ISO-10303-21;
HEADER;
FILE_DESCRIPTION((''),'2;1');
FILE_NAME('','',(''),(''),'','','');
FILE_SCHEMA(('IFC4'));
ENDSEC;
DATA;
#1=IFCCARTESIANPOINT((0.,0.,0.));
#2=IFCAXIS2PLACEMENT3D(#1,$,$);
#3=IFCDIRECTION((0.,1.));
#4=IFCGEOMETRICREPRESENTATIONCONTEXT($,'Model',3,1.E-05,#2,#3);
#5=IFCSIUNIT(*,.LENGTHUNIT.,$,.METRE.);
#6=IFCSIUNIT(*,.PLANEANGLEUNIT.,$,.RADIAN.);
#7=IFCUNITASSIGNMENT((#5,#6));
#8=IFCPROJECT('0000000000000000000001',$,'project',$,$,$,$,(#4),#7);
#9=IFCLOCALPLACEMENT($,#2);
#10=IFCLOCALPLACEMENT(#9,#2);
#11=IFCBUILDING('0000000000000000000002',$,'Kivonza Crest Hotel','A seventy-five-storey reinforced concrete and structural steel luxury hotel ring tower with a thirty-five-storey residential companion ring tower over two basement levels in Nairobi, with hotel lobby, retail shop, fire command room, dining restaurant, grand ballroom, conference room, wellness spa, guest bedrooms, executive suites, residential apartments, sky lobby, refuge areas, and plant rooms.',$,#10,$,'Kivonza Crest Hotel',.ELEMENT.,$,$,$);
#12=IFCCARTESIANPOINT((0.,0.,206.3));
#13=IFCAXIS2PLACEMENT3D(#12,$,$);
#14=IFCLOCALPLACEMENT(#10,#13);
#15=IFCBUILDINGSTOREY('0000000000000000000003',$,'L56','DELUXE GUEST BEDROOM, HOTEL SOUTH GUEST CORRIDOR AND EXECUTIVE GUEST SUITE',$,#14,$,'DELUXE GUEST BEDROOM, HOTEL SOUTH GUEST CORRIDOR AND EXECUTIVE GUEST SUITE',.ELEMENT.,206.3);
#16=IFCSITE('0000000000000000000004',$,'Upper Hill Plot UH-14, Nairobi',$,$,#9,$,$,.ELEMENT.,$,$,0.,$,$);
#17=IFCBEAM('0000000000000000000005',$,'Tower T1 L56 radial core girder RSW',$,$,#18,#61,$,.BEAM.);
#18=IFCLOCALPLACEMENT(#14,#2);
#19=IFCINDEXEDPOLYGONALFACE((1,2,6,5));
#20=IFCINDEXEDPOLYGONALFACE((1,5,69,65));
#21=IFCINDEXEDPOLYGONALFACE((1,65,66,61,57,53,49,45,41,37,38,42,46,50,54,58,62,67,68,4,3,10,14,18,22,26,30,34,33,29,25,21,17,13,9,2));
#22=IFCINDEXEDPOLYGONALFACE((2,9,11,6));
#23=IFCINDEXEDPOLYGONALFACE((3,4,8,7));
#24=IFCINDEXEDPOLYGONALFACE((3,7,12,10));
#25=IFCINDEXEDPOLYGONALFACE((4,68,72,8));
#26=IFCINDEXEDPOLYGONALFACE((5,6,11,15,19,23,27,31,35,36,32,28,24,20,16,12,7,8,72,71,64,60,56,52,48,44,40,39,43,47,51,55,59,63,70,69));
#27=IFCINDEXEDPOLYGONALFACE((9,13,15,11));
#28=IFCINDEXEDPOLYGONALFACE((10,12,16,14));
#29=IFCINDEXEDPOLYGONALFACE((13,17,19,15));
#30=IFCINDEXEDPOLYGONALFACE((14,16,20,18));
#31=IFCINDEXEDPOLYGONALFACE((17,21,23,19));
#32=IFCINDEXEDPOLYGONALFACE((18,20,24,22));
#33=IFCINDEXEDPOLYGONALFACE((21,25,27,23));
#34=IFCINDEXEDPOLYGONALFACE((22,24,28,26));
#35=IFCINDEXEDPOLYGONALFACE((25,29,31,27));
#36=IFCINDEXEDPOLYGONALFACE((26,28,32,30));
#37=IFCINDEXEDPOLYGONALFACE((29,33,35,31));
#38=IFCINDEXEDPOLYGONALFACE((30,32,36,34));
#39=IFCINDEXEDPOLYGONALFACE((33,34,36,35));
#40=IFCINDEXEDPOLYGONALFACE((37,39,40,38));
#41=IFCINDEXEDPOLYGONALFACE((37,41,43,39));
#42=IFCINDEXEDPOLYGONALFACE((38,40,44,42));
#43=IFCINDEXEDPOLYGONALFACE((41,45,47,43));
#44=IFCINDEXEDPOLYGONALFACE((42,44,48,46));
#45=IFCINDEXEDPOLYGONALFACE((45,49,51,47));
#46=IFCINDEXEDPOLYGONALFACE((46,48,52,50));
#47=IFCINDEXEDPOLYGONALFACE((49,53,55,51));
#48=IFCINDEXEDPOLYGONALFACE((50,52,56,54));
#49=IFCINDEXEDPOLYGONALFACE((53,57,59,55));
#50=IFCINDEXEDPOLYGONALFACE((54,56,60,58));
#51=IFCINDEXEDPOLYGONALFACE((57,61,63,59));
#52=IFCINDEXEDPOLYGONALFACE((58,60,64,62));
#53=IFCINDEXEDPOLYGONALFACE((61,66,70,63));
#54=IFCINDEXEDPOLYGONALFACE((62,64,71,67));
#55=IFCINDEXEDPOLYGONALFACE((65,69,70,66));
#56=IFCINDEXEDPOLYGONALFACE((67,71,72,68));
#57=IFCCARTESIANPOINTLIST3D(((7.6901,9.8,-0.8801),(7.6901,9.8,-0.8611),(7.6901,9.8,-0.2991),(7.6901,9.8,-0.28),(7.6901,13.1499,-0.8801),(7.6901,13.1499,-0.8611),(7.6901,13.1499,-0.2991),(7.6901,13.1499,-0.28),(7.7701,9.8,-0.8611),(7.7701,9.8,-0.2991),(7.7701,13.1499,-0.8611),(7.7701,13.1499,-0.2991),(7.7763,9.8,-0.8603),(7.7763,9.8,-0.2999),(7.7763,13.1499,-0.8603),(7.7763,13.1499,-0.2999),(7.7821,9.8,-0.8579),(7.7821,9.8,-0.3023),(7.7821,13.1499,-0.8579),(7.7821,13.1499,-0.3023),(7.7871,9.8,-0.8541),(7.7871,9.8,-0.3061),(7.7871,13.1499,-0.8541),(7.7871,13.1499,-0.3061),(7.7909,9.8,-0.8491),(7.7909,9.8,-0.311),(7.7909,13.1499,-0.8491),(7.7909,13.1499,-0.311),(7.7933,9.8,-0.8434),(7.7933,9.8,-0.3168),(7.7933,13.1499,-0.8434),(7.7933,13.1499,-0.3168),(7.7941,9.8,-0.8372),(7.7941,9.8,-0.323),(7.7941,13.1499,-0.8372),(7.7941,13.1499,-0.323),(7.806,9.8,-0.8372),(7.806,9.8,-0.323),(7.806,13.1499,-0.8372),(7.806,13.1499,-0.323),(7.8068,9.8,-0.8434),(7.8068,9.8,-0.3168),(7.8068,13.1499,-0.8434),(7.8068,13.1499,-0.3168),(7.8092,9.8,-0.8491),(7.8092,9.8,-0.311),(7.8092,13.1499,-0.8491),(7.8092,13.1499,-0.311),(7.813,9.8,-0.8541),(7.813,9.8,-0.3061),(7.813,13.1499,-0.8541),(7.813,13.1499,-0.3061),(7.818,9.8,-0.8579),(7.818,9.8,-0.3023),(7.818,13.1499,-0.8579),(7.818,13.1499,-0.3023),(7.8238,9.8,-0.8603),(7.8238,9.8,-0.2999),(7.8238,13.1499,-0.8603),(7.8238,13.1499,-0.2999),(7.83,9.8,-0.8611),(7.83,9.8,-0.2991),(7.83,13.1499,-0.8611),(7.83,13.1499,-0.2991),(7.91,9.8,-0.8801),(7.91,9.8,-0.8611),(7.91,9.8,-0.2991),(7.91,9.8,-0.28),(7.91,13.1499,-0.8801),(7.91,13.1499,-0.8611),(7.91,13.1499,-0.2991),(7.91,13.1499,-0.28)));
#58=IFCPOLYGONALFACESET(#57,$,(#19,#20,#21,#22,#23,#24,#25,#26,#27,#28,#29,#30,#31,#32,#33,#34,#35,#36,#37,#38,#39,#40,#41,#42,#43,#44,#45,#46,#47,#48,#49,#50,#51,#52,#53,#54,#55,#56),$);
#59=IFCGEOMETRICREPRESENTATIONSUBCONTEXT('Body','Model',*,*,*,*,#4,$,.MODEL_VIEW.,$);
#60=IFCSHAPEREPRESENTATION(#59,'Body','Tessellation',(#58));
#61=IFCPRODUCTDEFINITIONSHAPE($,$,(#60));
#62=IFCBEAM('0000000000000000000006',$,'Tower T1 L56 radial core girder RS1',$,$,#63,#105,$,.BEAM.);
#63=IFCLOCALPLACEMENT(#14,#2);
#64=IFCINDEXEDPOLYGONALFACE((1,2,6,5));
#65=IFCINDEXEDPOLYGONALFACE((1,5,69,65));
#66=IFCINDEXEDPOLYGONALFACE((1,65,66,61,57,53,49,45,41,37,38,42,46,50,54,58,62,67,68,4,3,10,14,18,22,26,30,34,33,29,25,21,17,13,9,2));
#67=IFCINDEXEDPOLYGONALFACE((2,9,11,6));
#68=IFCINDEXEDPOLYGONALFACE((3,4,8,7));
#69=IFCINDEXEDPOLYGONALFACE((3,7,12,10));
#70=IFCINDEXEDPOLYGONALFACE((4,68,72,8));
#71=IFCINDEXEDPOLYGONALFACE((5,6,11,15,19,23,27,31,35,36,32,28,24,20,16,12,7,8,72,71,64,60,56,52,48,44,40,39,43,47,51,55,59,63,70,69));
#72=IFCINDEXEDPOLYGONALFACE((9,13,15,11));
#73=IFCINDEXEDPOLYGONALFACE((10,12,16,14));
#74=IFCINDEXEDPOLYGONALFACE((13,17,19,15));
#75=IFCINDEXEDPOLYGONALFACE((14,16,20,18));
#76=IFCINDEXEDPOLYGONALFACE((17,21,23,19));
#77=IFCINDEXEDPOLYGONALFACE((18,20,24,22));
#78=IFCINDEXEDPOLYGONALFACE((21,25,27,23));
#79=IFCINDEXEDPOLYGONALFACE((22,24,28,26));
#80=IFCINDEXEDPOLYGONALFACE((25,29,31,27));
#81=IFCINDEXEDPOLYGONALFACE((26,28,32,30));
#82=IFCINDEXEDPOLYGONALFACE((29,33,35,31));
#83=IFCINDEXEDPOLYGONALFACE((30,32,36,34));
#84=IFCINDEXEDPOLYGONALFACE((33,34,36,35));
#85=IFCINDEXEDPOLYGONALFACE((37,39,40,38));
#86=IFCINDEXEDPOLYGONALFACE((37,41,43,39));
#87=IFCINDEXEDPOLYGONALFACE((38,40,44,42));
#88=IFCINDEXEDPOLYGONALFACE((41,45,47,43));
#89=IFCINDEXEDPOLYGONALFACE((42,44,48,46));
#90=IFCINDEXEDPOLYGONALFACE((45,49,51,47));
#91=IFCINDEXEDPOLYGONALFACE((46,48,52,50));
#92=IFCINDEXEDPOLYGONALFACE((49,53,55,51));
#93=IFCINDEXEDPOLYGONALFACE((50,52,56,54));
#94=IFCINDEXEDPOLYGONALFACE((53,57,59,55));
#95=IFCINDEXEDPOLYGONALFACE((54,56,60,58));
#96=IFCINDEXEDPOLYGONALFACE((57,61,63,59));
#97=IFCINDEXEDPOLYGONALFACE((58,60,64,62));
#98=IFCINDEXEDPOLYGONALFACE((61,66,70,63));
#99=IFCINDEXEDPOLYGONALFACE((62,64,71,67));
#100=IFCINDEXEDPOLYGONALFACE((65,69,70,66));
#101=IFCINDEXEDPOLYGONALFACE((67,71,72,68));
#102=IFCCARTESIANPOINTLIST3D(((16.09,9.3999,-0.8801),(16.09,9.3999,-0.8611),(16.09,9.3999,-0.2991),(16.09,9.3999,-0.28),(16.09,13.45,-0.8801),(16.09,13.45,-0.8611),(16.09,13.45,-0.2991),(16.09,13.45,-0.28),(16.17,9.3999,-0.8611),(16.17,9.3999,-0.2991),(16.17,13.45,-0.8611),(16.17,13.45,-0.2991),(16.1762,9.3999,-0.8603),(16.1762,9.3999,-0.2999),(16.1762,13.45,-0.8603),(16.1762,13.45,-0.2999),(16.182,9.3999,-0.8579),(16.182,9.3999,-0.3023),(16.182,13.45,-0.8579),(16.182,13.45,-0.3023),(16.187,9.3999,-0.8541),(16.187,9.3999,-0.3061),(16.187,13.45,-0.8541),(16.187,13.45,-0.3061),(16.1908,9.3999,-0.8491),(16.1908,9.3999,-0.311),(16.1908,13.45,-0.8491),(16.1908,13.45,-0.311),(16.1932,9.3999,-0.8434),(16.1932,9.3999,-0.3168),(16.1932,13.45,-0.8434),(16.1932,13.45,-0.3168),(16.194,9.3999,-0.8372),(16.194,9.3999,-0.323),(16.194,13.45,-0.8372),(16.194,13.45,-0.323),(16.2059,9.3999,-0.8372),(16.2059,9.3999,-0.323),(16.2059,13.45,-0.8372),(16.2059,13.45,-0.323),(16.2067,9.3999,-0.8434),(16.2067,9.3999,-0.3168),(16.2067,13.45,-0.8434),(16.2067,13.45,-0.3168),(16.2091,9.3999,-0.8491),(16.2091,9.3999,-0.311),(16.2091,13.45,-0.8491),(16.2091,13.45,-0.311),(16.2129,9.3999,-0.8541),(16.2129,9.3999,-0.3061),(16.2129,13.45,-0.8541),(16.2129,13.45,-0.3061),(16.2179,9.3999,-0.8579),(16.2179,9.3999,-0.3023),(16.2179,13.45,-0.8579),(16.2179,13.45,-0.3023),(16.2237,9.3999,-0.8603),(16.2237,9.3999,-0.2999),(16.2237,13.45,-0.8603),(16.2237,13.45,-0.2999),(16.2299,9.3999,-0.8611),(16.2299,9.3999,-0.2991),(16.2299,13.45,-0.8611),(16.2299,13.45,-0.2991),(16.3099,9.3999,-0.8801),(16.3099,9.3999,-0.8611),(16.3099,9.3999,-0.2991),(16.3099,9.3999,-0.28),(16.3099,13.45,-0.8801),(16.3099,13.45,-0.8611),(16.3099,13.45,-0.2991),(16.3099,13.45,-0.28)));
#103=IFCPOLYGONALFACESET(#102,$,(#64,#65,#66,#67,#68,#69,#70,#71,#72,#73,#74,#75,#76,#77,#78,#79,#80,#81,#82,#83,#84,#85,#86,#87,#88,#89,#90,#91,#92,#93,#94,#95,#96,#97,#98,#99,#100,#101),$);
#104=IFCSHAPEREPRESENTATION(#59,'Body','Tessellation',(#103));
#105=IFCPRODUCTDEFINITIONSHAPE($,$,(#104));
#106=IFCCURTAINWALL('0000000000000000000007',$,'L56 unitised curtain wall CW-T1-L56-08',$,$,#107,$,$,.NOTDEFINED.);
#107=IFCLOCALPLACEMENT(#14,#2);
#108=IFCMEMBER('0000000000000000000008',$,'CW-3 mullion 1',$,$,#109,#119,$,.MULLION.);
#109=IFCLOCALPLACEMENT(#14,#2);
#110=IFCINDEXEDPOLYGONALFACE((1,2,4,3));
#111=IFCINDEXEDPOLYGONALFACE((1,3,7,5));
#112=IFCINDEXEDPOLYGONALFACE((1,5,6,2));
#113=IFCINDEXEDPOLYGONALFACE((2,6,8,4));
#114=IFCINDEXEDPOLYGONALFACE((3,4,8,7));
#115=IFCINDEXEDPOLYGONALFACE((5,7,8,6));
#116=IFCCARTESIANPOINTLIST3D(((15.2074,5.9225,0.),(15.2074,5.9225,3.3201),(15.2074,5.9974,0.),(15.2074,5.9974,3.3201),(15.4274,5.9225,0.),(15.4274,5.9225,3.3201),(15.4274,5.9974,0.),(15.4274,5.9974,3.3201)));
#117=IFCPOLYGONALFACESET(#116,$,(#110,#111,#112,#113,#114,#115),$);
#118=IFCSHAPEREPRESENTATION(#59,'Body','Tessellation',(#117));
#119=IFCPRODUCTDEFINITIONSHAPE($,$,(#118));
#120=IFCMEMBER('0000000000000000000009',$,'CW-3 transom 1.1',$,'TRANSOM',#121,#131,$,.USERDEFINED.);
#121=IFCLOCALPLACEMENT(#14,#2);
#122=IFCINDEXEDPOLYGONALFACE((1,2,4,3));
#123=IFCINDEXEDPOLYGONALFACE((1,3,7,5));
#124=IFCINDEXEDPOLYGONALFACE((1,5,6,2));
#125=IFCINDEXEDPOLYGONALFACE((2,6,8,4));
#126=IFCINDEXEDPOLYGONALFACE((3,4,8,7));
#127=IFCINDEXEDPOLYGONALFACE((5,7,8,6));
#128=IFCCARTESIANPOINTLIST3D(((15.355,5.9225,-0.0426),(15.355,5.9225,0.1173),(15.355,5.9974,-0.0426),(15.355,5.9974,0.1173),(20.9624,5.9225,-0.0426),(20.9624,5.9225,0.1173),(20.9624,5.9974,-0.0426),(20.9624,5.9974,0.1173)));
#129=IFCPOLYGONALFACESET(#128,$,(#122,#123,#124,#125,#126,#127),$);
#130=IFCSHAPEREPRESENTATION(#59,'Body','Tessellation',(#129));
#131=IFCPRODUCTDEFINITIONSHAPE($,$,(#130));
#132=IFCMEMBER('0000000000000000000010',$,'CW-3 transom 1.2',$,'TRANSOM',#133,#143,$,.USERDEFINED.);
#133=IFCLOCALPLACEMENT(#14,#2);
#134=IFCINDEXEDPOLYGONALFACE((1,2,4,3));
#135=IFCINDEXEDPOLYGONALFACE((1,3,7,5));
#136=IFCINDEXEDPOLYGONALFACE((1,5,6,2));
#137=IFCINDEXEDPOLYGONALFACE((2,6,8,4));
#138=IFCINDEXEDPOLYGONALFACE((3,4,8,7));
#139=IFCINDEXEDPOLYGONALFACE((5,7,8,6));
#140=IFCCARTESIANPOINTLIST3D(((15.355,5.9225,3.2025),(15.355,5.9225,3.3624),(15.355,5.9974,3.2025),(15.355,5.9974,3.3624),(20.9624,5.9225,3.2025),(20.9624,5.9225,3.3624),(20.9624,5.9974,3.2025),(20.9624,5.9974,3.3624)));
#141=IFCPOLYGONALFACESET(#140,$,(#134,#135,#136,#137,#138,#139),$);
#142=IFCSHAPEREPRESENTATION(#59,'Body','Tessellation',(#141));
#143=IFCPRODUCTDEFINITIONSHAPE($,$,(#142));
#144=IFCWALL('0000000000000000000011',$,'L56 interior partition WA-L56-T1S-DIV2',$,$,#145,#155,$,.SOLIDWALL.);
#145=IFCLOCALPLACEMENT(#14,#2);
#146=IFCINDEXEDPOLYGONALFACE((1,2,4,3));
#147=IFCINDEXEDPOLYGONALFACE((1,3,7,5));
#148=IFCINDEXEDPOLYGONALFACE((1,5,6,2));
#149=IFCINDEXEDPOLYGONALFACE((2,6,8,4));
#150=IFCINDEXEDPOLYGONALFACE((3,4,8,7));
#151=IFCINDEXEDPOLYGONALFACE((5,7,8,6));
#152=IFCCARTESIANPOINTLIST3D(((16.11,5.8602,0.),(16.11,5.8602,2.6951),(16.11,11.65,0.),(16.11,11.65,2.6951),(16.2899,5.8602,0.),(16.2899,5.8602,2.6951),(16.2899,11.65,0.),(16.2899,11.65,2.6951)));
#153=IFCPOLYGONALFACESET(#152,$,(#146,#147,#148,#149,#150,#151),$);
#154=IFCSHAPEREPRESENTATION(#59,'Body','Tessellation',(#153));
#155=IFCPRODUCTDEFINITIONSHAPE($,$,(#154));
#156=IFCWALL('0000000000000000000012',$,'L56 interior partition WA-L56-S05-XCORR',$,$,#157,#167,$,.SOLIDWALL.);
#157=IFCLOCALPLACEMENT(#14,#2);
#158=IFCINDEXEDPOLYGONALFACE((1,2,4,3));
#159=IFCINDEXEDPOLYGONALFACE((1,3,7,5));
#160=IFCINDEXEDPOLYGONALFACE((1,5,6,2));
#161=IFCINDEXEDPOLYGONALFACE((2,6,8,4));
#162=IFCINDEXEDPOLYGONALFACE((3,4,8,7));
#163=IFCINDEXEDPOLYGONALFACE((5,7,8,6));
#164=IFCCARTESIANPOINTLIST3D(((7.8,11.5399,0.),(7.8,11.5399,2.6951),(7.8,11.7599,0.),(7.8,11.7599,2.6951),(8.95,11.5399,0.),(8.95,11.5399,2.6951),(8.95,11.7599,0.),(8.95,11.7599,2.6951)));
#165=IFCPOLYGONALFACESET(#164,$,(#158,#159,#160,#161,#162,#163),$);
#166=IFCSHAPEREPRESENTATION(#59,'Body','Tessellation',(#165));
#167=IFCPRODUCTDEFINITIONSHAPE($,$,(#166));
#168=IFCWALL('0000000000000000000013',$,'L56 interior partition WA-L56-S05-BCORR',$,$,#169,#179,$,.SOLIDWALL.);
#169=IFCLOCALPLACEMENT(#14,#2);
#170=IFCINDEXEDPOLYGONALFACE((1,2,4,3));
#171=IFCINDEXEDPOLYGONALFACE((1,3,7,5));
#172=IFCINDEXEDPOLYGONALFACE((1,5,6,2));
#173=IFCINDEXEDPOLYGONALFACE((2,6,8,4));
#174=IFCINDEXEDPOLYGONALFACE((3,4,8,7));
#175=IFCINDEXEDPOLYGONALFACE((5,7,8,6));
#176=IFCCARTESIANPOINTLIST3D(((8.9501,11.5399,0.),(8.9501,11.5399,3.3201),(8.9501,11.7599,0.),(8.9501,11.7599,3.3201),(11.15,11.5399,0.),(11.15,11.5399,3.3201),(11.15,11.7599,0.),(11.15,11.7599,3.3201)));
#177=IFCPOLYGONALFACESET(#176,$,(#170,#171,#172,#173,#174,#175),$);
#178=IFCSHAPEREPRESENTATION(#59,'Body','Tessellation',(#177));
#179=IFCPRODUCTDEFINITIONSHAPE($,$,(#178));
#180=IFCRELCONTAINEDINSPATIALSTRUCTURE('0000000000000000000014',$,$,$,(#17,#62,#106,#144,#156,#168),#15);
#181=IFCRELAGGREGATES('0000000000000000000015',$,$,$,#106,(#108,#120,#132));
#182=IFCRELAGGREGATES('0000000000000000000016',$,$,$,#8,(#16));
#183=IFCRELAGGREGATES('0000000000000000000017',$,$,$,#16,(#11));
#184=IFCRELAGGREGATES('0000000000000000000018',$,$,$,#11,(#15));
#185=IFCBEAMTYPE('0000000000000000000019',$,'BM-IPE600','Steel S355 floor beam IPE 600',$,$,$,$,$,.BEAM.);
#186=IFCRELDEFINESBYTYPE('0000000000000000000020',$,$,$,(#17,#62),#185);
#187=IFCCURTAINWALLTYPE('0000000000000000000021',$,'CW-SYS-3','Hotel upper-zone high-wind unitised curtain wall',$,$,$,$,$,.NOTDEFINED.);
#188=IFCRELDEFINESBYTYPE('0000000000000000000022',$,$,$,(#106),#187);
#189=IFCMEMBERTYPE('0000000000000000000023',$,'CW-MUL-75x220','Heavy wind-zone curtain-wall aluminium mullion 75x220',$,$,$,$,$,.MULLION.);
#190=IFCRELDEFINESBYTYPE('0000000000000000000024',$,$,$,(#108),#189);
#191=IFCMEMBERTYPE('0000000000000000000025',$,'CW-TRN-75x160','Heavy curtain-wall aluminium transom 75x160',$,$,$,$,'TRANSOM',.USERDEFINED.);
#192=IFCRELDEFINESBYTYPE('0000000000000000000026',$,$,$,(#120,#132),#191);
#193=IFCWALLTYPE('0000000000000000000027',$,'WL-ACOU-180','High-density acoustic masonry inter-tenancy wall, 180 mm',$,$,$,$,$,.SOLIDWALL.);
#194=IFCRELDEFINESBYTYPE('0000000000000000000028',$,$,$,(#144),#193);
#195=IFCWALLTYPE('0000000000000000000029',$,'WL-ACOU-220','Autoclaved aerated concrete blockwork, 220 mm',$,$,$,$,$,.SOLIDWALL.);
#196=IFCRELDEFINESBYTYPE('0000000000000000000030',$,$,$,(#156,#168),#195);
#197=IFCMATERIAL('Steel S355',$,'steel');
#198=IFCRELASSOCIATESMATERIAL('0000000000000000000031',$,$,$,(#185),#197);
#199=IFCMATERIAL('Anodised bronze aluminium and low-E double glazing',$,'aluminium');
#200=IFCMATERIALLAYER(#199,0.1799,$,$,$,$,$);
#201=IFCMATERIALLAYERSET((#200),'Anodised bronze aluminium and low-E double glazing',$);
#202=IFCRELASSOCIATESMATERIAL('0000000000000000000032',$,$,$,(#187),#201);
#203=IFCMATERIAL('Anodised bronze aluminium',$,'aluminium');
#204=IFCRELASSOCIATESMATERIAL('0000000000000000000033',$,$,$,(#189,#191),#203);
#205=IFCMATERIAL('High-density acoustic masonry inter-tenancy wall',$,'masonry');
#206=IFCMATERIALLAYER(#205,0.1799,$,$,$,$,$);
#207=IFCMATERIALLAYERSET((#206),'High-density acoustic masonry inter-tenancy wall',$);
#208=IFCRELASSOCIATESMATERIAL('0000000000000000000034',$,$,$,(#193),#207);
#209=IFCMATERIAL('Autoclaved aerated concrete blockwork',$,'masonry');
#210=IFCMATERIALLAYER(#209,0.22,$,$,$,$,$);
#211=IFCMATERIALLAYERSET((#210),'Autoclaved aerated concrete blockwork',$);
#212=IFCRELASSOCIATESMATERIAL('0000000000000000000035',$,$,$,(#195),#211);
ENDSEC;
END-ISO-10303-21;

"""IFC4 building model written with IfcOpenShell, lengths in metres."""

from ifc_helpers import new_model, si_unit, direction, frame, frame_2d, origin, origin_2d, place, context, subcontext, project, spatial, rectangle, i_section, extrude, material, layer, layer_set, material_profile, profile_set, type_object, element, aggregate, save


model = new_model("IFC4")

# Units and contexts
model_context = context("Model", 3, precision=1e-05, world=origin(), true_north=direction((0.0, 1.0)))
body_context = subcontext(model_context, "Body", "Model", "MODEL_VIEW")
ifc_project = project(units=[si_unit("LENGTHUNIT", "METRE"), si_unit("PLANEANGLEUNIT", "RADIAN")], contexts=[model_context])

# Site, building, storey
site_placement = place(None, origin())
site = spatial("IfcSite", under=ifc_project, at=site_placement, Name="Upper Hill Plot UH-14, Nairobi", CompositionType="ELEMENT", RefElevation=0.0)
building_placement = place(site_placement, origin())
building = spatial("IfcBuilding", under=site, at=building_placement, Name="Kivonza Crest Hotel", Description="A seventy-five-storey reinforced concrete and structural steel luxury hotel ring tower with a thirty-five-storey residential companion ring tower over two basement levels in Nairobi, with hotel lobby, retail shop, fire command room, dining restaurant, grand ballroom, conference room, wellness spa, guest bedrooms, executive suites, residential apartments, sky lobby, refuge areas, and plant rooms.", LongName="Kivonza Crest Hotel", CompositionType="ELEMENT")
storey_placement = place(building_placement, frame((0.0, 0.0, 206.3)))
storey = spatial("IfcBuildingStorey", under=building, at=storey_placement, Name="L56", Description="DELUXE GUEST BEDROOM, HOTEL SOUTH GUEST CORRIDOR AND EXECUTIVE GUEST SUITE", LongName="DELUXE GUEST BEDROOM, HOTEL SOUTH GUEST CORRIDOR AND EXECUTIVE GUEST SUITE", CompositionType="ELEMENT", Elevation=206.3)

# Beams
ifc_material_1 = material(Name="Steel S355", Category="steel")
ifc_material_profile_1 = material_profile(ifc_material_1, i_section(OverallWidth=0.22, OverallDepth=0.6001, WebThickness=0.012, FlangeThickness=0.019, FilletRadius=0.0239, at=origin_2d()), Name="IPE 600")
ifc_profile_set_1 = profile_set([ifc_material_profile_1], Name="Steel S355")
beam_type_1 = type_object("IfcBeamType", Name="BM-IPE600", Description="Steel S355 floor beam IPE 600", PredefinedType="BEAM", material=ifc_profile_set_1)
beam_1_placement = place(storey_placement, frame((7.8, 9.8, -0.5801), z_axis=(0.0, 1.0, 0.0), x_axis=(-1.0, 0.0, 0.0)))
element("IfcBeam", 1, at=beam_1_placement, inside=storey, type_object=beam_type_1, Name="Tower T1 L56 radial core girder RSW", PredefinedType="BEAM", context=body_context, shape_type="SweptSolid", body=[
    extrude(i_section(OverallWidth=0.22, OverallDepth=0.6001, WebThickness=0.012, FlangeThickness=0.019, FilletRadius=0.0239, at=origin_2d()), origin(), (0.0, 0.0, 1.0), 3.3499),
])
beam_2_placement = place(storey_placement, frame((16.2, 9.3999, -0.5801), z_axis=(0.0, 1.0, 0.0), x_axis=(-1.0, 0.0, 0.0)))
element("IfcBeam", 2, at=beam_2_placement, inside=storey, type_object=beam_type_1, Name="Tower T1 L56 radial core girder RS1", PredefinedType="BEAM", context=body_context, shape_type="SweptSolid", body=[
    extrude(i_section(OverallWidth=0.22, OverallDepth=0.6001, WebThickness=0.012, FlangeThickness=0.019, FilletRadius=0.0239, at=origin_2d()), origin(), (0.0, 0.0, 1.0), 4.05),
])

# Curtain wall, members
ifc_material_2 = material(Name="Anodised bronze aluminium and low-E double glazing", Category="aluminium")
ifc_layer_1 = layer(ifc_material_2, 0.1799)
ifc_layer_set_1 = layer_set([ifc_layer_1], Name="Anodised bronze aluminium and low-E double glazing")
curtain_wall_type = type_object("IfcCurtainWallType", Name="CW-SYS-3", Description="Hotel upper-zone high-wind unitised curtain wall", PredefinedType="NOTDEFINED", material=ifc_layer_set_1)
curtain_wall_placement = place(storey_placement, origin())
curtain_wall = element("IfcCurtainWall", 3, at=curtain_wall_placement, inside=storey, type_object=curtain_wall_type, Name="L56 unitised curtain wall CW-T1-L56-08", PredefinedType="NOTDEFINED")
ifc_material_3 = material(Name="Anodised bronze aluminium", Category="aluminium")
ifc_material_profile_2 = material_profile(ifc_material_3, rectangle(XDim=0.075, YDim=0.22, at=origin_2d()), Name="CW-M 75x220")
ifc_profile_set_2 = profile_set([ifc_material_profile_2], Name="Anodised bronze aluminium")
member_type_1 = type_object("IfcMemberType", Name="CW-MUL-75x220", Description="Heavy wind-zone curtain-wall aluminium mullion 75x220", PredefinedType="MULLION", material=ifc_profile_set_2)
member_1_placement = place(storey_placement, frame((15.3174, 5.96, 0.0), z_axis=(0.0, 0.0, 1.0), x_axis=(0.0, 1.0, 0.0)))
member_1 = element("IfcMember", 4, at=member_1_placement, type_object=member_type_1, Name="CW-3 mullion 1", PredefinedType="MULLION", context=body_context, shape_type="SweptSolid", body=[
    extrude(rectangle(XDim=0.075, YDim=0.22, at=origin_2d()), origin(), (0.0, 0.0, 1.0), 3.3201),
])
ifc_material_profile_3 = material_profile(ifc_material_3, rectangle(XDim=0.075, YDim=0.1599, at=origin_2d()), Name="CW-T 75x160")
ifc_profile_set_3 = profile_set([ifc_material_profile_3], Name="Anodised bronze aluminium")
member_type_2 = type_object("IfcMemberType", Name="CW-TRN-75x160", Description="Heavy curtain-wall aluminium transom 75x160", ElementType="TRANSOM", PredefinedType="USERDEFINED", material=ifc_profile_set_3)
member_2_placement = place(storey_placement, frame((15.355, 5.96, 0.0374), z_axis=(1.0, 0.0, 0.0), x_axis=(0.0, 1.0, 0.0)))
member_2 = element("IfcMember", 5, at=member_2_placement, type_object=member_type_2, Name="CW-3 transom 1.1", ObjectType="TRANSOM", PredefinedType="USERDEFINED", context=body_context, shape_type="SweptSolid", body=[
    extrude(rectangle(XDim=0.075, YDim=0.1599, at=origin_2d()), origin(), (0.0, 0.0, 1.0), 5.6074),
])
member_3_placement = place(storey_placement, frame((15.355, 5.96, 3.2825), z_axis=(1.0, 0.0, 0.0), x_axis=(0.0, 1.0, 0.0)))
member_3 = element("IfcMember", 6, at=member_3_placement, type_object=member_type_2, Name="CW-3 transom 1.2", ObjectType="TRANSOM", PredefinedType="USERDEFINED", context=body_context, shape_type="SweptSolid", body=[
    extrude(rectangle(XDim=0.075, YDim=0.1599, at=origin_2d()), origin(), (0.0, 0.0, 1.0), 5.6074),
])
aggregate(curtain_wall, [member_1, member_2, member_3])

# Walls
ifc_material_4 = material(Name="High-density acoustic masonry inter-tenancy wall", Category="masonry")
ifc_layer_2 = layer(ifc_material_4, 0.1799)
ifc_layer_set_2 = layer_set([ifc_layer_2], Name="High-density acoustic masonry inter-tenancy wall")
wall_type_1 = type_object("IfcWallType", Name="WL-ACOU-180", Description="High-density acoustic masonry inter-tenancy wall, 180 mm", PredefinedType="SOLIDWALL", material=ifc_layer_set_2)
wall_1_placement = place(storey_placement, frame((16.2, 5.8601, 0.0), z_axis=(0.0, 0.0, 1.0), x_axis=(0.0, 1.0, 0.0)))
element("IfcWall", 7, at=wall_1_placement, inside=storey, type_object=wall_type_1, Name="L56 interior partition WA-L56-T1S-DIV2", PredefinedType="SOLIDWALL", context=body_context, shape_type="SweptSolid", body=[
    extrude(rectangle(XDim=5.7898, YDim=0.1799, at=frame_2d((2.895, 0.0))), origin(), (0.0, 0.0, 1.0), 2.6951),
])
ifc_material_5 = material(Name="Autoclaved aerated concrete blockwork", Category="masonry")
ifc_layer_3 = layer(ifc_material_5, 0.22)
ifc_layer_set_3 = layer_set([ifc_layer_3], Name="Autoclaved aerated concrete blockwork")
wall_type_2 = type_object("IfcWallType", Name="WL-ACOU-220", Description="Autoclaved aerated concrete blockwork, 220 mm", PredefinedType="SOLIDWALL", material=ifc_layer_set_3)
wall_2_placement = place(storey_placement, frame((7.8, 11.6499, 0.0), z_axis=(0.0, 0.0, 1.0), x_axis=(1.0, 0.0, 0.0)))
element("IfcWall", 8, at=wall_2_placement, inside=storey, type_object=wall_type_2, Name="L56 interior partition WA-L56-S05-XCORR", PredefinedType="SOLIDWALL", context=body_context, shape_type="SweptSolid", body=[
    extrude(rectangle(XDim=1.1499, YDim=0.22, at=frame_2d((0.575, 0.0))), origin(), (0.0, 0.0, 1.0), 2.6951),
])
wall_3_placement = place(storey_placement, frame((8.95, 11.6499, 0.0), z_axis=(0.0, 0.0, 1.0), x_axis=(1.0, 0.0, 0.0)))
element("IfcWall", 9, at=wall_3_placement, inside=storey, type_object=wall_type_2, Name="L56 interior partition WA-L56-S05-BCORR", PredefinedType="SOLIDWALL", context=body_context, shape_type="SweptSolid", body=[
    extrude(rectangle(XDim=2.2, YDim=0.22, at=frame_2d((1.1001, 0.0))), origin(), (0.0, 0.0, 1.0), 3.3201),
])

save(model, "model.ifc")
